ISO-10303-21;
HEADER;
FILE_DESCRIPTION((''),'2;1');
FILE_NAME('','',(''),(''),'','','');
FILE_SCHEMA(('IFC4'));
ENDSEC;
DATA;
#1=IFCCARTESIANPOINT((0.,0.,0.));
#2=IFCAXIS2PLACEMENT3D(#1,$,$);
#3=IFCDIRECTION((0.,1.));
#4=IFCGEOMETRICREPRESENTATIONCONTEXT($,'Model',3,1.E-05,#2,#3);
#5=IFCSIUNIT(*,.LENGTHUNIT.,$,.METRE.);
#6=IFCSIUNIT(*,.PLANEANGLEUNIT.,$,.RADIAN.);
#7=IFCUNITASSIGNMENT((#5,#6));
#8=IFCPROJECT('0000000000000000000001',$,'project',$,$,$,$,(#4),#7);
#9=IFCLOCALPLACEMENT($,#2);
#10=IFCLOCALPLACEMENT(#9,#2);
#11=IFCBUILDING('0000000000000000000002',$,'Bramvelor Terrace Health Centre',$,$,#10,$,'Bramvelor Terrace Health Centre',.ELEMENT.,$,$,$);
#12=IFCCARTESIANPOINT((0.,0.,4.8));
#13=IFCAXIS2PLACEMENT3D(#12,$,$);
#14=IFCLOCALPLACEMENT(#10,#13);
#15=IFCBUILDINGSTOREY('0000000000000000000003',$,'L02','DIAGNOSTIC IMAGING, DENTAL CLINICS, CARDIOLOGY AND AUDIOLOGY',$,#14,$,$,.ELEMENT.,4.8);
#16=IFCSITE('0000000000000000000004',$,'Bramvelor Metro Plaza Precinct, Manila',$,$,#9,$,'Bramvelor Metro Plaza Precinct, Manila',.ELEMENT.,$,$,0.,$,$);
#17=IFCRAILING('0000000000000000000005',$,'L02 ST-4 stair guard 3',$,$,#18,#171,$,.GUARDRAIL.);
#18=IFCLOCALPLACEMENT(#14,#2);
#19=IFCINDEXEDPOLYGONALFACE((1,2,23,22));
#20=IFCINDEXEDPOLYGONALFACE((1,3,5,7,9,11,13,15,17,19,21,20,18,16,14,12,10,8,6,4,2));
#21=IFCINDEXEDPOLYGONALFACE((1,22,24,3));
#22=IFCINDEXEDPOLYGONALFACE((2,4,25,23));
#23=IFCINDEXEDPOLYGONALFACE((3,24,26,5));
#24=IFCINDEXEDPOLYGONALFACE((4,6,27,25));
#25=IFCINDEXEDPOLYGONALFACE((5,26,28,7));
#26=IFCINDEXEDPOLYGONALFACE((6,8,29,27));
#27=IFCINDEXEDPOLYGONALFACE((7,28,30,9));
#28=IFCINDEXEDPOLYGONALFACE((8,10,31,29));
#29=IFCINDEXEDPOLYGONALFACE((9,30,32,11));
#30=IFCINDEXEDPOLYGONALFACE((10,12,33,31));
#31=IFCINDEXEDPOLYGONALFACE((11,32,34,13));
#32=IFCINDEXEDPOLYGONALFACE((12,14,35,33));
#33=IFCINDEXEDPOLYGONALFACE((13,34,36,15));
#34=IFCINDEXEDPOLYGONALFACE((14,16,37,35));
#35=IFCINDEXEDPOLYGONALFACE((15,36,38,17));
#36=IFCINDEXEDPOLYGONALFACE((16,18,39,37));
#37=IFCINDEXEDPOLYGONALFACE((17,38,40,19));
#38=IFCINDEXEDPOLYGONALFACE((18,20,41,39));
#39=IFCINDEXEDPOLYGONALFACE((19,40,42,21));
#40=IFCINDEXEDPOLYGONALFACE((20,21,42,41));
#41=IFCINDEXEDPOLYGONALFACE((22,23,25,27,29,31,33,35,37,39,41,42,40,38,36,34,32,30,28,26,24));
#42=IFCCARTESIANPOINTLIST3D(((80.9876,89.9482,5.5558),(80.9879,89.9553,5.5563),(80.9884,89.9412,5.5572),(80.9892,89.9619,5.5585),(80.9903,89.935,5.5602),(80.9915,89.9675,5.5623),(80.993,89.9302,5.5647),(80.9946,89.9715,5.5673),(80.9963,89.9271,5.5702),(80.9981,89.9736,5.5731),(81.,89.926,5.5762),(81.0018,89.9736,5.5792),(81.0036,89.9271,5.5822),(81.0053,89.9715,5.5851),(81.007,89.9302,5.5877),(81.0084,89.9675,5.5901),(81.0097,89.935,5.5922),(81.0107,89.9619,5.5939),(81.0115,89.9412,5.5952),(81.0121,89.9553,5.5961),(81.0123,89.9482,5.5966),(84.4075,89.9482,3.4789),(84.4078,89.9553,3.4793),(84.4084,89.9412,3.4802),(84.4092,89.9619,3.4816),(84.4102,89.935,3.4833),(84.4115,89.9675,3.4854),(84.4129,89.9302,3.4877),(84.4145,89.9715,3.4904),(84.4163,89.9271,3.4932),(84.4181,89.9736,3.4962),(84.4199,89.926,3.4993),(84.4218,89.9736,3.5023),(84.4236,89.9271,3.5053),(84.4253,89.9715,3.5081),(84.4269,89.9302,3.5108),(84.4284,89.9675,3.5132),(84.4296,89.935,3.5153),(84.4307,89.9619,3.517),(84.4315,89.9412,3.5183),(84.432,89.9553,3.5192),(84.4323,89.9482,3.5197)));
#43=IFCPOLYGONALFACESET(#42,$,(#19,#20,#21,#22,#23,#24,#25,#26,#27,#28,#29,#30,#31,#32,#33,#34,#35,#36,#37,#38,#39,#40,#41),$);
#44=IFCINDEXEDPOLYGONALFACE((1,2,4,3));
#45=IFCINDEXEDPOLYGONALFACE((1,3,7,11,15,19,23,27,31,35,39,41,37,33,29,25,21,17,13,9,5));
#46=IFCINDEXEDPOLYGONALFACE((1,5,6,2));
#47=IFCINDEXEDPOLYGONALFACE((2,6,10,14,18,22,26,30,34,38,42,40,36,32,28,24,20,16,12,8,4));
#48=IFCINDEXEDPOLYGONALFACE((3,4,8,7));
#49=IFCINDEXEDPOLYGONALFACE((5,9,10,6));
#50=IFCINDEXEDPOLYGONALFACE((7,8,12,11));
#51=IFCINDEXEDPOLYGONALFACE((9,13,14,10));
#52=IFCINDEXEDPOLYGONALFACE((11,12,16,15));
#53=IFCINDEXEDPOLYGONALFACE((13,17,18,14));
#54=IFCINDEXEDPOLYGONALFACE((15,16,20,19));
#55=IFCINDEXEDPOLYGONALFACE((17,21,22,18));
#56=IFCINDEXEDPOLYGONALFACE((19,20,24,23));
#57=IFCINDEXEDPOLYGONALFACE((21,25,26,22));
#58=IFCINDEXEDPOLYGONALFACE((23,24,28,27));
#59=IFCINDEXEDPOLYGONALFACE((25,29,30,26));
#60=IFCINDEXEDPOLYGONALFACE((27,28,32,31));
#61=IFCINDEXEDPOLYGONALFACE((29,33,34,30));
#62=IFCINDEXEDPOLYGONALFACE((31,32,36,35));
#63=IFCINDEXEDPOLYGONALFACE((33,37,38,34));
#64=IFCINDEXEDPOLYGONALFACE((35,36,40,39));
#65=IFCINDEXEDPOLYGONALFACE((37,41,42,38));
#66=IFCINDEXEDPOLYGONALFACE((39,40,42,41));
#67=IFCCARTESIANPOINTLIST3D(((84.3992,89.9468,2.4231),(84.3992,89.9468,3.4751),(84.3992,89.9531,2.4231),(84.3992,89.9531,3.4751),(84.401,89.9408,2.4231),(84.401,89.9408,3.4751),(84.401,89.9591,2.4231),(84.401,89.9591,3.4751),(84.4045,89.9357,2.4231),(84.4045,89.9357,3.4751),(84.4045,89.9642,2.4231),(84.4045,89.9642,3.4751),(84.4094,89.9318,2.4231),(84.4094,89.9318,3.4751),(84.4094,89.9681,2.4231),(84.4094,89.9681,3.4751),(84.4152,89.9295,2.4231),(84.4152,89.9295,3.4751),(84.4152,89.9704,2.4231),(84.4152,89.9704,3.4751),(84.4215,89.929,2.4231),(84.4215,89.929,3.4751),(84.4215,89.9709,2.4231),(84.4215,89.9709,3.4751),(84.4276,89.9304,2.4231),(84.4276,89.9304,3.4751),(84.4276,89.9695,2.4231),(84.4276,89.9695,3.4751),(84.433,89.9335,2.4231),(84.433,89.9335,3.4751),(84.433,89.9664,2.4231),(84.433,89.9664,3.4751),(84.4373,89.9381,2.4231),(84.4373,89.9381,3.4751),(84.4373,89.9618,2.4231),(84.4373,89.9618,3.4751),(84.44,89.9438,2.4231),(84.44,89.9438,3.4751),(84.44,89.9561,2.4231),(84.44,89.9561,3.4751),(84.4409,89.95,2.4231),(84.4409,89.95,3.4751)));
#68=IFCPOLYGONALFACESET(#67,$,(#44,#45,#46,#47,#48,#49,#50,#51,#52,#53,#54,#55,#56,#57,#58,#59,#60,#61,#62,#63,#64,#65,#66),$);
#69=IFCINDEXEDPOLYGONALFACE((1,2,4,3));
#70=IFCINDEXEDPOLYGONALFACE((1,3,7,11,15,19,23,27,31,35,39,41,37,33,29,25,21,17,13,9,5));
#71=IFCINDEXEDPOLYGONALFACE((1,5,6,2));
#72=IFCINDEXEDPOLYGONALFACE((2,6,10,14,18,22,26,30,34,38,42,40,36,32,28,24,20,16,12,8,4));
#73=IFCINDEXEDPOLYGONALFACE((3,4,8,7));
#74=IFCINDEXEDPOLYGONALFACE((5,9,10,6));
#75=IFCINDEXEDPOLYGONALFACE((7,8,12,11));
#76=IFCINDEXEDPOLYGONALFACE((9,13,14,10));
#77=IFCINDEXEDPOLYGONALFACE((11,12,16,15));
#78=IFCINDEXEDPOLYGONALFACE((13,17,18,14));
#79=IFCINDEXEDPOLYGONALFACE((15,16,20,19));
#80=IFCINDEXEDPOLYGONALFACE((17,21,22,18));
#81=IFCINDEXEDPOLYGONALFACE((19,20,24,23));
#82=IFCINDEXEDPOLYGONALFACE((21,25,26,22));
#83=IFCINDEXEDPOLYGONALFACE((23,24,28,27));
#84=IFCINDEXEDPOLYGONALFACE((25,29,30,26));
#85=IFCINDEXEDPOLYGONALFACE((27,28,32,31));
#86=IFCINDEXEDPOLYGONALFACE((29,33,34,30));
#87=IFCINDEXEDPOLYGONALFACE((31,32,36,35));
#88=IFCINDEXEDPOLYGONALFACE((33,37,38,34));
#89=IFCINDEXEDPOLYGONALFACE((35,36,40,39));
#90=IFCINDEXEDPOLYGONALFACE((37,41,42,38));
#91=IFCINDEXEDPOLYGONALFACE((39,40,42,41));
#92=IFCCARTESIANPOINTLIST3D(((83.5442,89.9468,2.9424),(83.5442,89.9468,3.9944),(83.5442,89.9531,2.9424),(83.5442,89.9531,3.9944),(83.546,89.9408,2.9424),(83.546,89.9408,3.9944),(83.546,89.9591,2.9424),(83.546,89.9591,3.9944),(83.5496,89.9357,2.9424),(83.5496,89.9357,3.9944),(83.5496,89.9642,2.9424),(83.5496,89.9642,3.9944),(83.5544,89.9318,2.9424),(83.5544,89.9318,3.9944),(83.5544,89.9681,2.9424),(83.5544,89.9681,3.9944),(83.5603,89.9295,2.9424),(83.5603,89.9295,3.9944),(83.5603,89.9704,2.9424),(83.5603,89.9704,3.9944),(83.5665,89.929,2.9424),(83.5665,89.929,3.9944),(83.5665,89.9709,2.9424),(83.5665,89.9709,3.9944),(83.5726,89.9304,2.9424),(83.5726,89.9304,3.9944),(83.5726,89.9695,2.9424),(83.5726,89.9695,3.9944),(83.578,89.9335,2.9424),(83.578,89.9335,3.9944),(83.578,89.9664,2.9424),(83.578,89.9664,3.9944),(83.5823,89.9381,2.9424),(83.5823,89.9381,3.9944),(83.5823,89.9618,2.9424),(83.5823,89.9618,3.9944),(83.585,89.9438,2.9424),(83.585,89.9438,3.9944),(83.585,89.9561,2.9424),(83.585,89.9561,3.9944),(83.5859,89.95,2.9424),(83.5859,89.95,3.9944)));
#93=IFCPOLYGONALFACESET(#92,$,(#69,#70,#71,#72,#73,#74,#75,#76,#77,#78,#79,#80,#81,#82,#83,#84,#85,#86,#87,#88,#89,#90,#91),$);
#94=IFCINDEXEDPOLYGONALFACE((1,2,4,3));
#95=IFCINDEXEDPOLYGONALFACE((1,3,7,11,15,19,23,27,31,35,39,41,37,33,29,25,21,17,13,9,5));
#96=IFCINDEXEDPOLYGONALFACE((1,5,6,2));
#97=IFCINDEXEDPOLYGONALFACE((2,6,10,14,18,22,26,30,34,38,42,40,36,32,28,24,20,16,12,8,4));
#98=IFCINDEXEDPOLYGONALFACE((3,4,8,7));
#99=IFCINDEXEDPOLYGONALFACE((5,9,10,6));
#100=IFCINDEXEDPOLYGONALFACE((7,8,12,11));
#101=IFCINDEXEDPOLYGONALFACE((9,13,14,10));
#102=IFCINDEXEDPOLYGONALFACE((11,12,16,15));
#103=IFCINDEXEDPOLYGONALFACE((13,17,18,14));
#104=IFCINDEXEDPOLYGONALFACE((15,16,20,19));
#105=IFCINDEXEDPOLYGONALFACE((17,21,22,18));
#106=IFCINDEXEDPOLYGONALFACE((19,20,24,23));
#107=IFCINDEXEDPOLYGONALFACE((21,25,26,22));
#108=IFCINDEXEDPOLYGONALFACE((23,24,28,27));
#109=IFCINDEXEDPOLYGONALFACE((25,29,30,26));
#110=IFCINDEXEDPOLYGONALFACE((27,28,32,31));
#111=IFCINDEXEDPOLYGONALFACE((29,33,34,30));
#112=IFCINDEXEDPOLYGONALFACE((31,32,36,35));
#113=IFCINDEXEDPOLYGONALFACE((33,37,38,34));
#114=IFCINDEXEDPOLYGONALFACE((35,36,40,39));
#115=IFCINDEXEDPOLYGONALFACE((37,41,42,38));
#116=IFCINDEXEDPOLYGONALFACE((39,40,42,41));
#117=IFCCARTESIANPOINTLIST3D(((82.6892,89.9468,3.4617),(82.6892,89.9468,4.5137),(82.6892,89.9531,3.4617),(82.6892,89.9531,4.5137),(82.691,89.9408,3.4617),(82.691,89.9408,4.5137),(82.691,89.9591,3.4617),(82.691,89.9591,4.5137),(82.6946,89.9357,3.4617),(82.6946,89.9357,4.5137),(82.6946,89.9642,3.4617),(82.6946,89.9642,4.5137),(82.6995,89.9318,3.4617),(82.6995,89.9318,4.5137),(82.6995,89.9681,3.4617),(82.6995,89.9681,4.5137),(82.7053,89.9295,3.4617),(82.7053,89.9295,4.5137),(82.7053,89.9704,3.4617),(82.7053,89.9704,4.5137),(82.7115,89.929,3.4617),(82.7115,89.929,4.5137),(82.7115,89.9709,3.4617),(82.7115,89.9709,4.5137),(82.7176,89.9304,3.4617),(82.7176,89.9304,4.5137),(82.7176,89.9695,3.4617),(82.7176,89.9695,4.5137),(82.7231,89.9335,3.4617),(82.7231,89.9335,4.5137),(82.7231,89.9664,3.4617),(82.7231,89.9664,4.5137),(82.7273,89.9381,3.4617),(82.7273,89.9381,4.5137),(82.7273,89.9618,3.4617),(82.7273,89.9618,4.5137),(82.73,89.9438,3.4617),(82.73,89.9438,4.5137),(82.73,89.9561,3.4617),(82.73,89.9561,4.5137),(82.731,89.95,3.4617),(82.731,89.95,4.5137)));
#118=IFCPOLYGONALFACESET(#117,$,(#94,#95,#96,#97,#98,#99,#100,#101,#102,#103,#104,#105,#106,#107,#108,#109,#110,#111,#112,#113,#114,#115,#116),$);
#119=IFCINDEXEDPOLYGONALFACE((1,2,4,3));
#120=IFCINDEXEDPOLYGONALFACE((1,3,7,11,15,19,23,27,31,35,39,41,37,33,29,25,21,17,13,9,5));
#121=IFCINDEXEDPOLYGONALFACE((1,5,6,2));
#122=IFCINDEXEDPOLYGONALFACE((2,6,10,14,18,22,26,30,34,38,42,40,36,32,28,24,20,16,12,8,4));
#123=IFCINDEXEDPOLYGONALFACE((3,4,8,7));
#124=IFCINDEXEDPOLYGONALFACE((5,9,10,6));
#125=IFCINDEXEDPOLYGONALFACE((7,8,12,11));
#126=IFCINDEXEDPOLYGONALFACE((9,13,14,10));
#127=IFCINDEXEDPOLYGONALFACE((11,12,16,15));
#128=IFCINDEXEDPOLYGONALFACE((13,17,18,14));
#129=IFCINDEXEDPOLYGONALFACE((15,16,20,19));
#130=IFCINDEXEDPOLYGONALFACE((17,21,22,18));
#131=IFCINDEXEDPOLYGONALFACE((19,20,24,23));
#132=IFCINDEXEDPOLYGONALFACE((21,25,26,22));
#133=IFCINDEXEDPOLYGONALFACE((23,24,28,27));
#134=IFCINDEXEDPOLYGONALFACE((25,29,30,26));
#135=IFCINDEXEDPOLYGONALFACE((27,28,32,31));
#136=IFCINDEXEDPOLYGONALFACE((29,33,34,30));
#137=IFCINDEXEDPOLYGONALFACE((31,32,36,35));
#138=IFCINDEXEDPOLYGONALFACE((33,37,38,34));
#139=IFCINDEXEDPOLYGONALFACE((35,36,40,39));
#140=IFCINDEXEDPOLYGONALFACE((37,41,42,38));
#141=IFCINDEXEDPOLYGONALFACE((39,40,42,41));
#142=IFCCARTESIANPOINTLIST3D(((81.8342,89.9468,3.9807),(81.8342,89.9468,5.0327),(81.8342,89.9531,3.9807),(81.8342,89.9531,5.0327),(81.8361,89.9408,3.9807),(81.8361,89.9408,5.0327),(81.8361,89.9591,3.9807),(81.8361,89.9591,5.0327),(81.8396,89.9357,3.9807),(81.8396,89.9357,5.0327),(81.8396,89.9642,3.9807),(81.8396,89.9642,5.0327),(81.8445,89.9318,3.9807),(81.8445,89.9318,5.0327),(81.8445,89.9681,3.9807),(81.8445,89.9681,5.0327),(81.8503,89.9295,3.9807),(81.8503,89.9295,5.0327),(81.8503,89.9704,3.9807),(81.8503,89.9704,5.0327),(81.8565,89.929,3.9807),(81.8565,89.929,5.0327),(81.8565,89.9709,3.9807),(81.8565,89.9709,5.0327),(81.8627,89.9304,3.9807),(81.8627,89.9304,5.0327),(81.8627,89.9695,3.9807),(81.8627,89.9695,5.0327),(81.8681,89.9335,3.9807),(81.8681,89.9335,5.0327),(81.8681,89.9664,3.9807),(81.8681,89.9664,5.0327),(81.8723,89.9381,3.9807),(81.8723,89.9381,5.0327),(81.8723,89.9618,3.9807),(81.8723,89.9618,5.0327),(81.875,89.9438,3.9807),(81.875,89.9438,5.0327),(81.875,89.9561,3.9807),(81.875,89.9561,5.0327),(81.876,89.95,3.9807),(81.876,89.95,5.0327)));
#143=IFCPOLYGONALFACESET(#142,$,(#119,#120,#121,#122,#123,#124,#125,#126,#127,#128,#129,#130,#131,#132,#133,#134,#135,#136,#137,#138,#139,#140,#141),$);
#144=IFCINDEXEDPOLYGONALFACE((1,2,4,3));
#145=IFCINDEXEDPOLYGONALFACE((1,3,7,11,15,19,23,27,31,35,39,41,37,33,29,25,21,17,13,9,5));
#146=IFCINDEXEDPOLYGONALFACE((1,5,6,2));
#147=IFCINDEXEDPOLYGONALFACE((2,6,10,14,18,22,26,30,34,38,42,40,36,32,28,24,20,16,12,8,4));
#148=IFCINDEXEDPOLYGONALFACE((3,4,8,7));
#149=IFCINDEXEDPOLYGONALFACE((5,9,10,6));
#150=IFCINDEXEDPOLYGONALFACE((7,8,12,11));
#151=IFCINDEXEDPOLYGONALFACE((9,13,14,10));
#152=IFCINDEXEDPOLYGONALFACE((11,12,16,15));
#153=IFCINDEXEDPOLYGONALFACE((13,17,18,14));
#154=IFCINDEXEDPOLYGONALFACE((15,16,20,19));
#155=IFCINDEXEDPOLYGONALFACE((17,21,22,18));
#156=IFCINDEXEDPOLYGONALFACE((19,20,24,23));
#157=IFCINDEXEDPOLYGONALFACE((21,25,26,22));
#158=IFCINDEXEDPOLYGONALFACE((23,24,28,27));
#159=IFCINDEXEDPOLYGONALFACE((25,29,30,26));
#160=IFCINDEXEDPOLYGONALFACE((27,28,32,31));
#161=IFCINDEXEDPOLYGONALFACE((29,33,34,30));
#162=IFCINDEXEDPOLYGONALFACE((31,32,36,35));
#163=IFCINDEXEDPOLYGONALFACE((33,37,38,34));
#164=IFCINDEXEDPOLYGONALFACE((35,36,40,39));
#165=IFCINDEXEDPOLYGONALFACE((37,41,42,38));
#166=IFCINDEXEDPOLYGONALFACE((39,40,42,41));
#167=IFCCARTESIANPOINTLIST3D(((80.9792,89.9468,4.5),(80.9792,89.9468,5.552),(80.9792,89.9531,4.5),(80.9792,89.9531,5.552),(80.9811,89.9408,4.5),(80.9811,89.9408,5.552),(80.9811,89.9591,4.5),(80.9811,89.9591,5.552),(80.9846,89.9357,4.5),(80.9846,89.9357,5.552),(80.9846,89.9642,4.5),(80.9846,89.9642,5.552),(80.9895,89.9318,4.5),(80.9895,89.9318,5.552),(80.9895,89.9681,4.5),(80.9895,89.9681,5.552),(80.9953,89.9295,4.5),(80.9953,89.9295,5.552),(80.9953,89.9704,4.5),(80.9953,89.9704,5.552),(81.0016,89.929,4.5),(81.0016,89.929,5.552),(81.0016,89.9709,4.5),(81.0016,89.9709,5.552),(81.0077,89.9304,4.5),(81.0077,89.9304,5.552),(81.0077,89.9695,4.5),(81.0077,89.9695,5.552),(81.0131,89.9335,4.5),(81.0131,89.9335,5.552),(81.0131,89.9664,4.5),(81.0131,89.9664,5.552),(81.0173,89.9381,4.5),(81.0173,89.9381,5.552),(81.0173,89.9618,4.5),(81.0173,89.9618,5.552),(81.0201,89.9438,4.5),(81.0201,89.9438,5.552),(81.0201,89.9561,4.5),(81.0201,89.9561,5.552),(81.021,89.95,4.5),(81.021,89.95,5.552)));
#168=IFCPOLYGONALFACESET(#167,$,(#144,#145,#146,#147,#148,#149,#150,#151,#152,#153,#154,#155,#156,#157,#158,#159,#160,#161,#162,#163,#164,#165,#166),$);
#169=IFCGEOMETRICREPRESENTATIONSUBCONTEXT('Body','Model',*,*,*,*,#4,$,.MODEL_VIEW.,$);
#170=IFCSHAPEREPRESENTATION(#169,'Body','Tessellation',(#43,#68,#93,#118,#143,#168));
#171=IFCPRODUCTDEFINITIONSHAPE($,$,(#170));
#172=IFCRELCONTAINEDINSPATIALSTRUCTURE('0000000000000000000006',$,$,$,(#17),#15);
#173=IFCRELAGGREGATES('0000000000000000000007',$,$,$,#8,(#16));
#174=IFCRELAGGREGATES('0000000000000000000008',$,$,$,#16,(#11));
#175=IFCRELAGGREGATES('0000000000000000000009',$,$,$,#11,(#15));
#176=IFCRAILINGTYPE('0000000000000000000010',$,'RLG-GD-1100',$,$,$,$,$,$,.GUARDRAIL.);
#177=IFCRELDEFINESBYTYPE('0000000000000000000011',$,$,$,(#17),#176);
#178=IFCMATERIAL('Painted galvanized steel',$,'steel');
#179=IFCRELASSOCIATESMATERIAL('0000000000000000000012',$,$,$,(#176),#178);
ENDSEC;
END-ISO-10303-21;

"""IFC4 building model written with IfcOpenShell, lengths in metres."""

from ifc_helpers import new_model, si_unit, direction, frame, origin, origin_2d, place, context, subcontext, project, spatial, circle, extrude, material, type_object, element, save


model = new_model("IFC4")

# Units and contexts
model_context = context("Model", 3, precision=1e-05, world=origin(), true_north=direction((0.0, 1.0)))
body_context = subcontext(model_context, "Body", "Model", "MODEL_VIEW")
ifc_project = project(units=[si_unit("LENGTHUNIT", "METRE"), si_unit("PLANEANGLEUNIT", "RADIAN")], contexts=[model_context])

# Site, building, storey
site_placement = place(None, origin())
site = spatial("IfcSite", under=ifc_project, at=site_placement, Name="Bramvelor Metro Plaza Precinct, Manila", LongName="Bramvelor Metro Plaza Precinct, Manila", CompositionType="ELEMENT", RefElevation=0.0)
building_placement = place(site_placement, origin())
building = spatial("IfcBuilding", under=site, at=building_placement, Name="Bramvelor Terrace Health Centre", LongName="Bramvelor Terrace Health Centre", CompositionType="ELEMENT")
storey_placement = place(building_placement, frame((0.0, 0.0, 4.8)))
storey = spatial("IfcBuildingStorey", under=building, at=storey_placement, Name="L02", Description="DIAGNOSTIC IMAGING, DENTAL CLINICS, CARDIOLOGY AND AUDIOLOGY", CompositionType="ELEMENT", Elevation=4.8)

# Railing
ifc_material_1 = material(Name="Painted galvanized steel", Category="steel")
railing_type_1 = type_object("IfcRailingType", Name="RLG-GD-1100", PredefinedType="GUARDRAIL", material=ifc_material_1)
railing_1_placement = place(storey_placement, frame((84.4199, 89.95, 2.4231)))
element("IfcRailing", 1, at=railing_1_placement, inside=storey, type_object=railing_type_1, Name="L02 ST-4 stair guard 3", PredefinedType="GUARDRAIL", context=body_context, shape_type="SweptSolid", body=[
    extrude(circle(Radius=0.0239, at=origin_2d()), frame((0.0, 0.0, 1.0762), z_axis=(-0.85473, 0.0, 0.519074), x_axis=(0.0, -1.0, 0.0)), (0.0, 0.0, 1.0), 4.0012),
    extrude(circle(Radius=0.021, at=origin_2d()), origin(), (0.0, 0.0, 1.0), 1.052),
    extrude(circle(Radius=0.021, at=origin_2d()), frame((-0.855, 0.0, 0.5193)), (0.0, 0.0, 1.0), 1.052),
    extrude(circle(Radius=0.021, at=origin_2d()), frame((-1.71, 0.0, 1.0386)), (0.0, 0.0, 1.0), 1.052),
    extrude(circle(Radius=0.021, at=origin_2d()), frame((-2.5649, 0.0, 1.5576)), (0.0, 0.0, 1.0), 1.052),
    extrude(circle(Radius=0.021, at=origin_2d()), frame((-3.4199, 0.0, 2.0769)), (0.0, 0.0, 1.0), 1.052),
])

save(model, "model.ifc")
